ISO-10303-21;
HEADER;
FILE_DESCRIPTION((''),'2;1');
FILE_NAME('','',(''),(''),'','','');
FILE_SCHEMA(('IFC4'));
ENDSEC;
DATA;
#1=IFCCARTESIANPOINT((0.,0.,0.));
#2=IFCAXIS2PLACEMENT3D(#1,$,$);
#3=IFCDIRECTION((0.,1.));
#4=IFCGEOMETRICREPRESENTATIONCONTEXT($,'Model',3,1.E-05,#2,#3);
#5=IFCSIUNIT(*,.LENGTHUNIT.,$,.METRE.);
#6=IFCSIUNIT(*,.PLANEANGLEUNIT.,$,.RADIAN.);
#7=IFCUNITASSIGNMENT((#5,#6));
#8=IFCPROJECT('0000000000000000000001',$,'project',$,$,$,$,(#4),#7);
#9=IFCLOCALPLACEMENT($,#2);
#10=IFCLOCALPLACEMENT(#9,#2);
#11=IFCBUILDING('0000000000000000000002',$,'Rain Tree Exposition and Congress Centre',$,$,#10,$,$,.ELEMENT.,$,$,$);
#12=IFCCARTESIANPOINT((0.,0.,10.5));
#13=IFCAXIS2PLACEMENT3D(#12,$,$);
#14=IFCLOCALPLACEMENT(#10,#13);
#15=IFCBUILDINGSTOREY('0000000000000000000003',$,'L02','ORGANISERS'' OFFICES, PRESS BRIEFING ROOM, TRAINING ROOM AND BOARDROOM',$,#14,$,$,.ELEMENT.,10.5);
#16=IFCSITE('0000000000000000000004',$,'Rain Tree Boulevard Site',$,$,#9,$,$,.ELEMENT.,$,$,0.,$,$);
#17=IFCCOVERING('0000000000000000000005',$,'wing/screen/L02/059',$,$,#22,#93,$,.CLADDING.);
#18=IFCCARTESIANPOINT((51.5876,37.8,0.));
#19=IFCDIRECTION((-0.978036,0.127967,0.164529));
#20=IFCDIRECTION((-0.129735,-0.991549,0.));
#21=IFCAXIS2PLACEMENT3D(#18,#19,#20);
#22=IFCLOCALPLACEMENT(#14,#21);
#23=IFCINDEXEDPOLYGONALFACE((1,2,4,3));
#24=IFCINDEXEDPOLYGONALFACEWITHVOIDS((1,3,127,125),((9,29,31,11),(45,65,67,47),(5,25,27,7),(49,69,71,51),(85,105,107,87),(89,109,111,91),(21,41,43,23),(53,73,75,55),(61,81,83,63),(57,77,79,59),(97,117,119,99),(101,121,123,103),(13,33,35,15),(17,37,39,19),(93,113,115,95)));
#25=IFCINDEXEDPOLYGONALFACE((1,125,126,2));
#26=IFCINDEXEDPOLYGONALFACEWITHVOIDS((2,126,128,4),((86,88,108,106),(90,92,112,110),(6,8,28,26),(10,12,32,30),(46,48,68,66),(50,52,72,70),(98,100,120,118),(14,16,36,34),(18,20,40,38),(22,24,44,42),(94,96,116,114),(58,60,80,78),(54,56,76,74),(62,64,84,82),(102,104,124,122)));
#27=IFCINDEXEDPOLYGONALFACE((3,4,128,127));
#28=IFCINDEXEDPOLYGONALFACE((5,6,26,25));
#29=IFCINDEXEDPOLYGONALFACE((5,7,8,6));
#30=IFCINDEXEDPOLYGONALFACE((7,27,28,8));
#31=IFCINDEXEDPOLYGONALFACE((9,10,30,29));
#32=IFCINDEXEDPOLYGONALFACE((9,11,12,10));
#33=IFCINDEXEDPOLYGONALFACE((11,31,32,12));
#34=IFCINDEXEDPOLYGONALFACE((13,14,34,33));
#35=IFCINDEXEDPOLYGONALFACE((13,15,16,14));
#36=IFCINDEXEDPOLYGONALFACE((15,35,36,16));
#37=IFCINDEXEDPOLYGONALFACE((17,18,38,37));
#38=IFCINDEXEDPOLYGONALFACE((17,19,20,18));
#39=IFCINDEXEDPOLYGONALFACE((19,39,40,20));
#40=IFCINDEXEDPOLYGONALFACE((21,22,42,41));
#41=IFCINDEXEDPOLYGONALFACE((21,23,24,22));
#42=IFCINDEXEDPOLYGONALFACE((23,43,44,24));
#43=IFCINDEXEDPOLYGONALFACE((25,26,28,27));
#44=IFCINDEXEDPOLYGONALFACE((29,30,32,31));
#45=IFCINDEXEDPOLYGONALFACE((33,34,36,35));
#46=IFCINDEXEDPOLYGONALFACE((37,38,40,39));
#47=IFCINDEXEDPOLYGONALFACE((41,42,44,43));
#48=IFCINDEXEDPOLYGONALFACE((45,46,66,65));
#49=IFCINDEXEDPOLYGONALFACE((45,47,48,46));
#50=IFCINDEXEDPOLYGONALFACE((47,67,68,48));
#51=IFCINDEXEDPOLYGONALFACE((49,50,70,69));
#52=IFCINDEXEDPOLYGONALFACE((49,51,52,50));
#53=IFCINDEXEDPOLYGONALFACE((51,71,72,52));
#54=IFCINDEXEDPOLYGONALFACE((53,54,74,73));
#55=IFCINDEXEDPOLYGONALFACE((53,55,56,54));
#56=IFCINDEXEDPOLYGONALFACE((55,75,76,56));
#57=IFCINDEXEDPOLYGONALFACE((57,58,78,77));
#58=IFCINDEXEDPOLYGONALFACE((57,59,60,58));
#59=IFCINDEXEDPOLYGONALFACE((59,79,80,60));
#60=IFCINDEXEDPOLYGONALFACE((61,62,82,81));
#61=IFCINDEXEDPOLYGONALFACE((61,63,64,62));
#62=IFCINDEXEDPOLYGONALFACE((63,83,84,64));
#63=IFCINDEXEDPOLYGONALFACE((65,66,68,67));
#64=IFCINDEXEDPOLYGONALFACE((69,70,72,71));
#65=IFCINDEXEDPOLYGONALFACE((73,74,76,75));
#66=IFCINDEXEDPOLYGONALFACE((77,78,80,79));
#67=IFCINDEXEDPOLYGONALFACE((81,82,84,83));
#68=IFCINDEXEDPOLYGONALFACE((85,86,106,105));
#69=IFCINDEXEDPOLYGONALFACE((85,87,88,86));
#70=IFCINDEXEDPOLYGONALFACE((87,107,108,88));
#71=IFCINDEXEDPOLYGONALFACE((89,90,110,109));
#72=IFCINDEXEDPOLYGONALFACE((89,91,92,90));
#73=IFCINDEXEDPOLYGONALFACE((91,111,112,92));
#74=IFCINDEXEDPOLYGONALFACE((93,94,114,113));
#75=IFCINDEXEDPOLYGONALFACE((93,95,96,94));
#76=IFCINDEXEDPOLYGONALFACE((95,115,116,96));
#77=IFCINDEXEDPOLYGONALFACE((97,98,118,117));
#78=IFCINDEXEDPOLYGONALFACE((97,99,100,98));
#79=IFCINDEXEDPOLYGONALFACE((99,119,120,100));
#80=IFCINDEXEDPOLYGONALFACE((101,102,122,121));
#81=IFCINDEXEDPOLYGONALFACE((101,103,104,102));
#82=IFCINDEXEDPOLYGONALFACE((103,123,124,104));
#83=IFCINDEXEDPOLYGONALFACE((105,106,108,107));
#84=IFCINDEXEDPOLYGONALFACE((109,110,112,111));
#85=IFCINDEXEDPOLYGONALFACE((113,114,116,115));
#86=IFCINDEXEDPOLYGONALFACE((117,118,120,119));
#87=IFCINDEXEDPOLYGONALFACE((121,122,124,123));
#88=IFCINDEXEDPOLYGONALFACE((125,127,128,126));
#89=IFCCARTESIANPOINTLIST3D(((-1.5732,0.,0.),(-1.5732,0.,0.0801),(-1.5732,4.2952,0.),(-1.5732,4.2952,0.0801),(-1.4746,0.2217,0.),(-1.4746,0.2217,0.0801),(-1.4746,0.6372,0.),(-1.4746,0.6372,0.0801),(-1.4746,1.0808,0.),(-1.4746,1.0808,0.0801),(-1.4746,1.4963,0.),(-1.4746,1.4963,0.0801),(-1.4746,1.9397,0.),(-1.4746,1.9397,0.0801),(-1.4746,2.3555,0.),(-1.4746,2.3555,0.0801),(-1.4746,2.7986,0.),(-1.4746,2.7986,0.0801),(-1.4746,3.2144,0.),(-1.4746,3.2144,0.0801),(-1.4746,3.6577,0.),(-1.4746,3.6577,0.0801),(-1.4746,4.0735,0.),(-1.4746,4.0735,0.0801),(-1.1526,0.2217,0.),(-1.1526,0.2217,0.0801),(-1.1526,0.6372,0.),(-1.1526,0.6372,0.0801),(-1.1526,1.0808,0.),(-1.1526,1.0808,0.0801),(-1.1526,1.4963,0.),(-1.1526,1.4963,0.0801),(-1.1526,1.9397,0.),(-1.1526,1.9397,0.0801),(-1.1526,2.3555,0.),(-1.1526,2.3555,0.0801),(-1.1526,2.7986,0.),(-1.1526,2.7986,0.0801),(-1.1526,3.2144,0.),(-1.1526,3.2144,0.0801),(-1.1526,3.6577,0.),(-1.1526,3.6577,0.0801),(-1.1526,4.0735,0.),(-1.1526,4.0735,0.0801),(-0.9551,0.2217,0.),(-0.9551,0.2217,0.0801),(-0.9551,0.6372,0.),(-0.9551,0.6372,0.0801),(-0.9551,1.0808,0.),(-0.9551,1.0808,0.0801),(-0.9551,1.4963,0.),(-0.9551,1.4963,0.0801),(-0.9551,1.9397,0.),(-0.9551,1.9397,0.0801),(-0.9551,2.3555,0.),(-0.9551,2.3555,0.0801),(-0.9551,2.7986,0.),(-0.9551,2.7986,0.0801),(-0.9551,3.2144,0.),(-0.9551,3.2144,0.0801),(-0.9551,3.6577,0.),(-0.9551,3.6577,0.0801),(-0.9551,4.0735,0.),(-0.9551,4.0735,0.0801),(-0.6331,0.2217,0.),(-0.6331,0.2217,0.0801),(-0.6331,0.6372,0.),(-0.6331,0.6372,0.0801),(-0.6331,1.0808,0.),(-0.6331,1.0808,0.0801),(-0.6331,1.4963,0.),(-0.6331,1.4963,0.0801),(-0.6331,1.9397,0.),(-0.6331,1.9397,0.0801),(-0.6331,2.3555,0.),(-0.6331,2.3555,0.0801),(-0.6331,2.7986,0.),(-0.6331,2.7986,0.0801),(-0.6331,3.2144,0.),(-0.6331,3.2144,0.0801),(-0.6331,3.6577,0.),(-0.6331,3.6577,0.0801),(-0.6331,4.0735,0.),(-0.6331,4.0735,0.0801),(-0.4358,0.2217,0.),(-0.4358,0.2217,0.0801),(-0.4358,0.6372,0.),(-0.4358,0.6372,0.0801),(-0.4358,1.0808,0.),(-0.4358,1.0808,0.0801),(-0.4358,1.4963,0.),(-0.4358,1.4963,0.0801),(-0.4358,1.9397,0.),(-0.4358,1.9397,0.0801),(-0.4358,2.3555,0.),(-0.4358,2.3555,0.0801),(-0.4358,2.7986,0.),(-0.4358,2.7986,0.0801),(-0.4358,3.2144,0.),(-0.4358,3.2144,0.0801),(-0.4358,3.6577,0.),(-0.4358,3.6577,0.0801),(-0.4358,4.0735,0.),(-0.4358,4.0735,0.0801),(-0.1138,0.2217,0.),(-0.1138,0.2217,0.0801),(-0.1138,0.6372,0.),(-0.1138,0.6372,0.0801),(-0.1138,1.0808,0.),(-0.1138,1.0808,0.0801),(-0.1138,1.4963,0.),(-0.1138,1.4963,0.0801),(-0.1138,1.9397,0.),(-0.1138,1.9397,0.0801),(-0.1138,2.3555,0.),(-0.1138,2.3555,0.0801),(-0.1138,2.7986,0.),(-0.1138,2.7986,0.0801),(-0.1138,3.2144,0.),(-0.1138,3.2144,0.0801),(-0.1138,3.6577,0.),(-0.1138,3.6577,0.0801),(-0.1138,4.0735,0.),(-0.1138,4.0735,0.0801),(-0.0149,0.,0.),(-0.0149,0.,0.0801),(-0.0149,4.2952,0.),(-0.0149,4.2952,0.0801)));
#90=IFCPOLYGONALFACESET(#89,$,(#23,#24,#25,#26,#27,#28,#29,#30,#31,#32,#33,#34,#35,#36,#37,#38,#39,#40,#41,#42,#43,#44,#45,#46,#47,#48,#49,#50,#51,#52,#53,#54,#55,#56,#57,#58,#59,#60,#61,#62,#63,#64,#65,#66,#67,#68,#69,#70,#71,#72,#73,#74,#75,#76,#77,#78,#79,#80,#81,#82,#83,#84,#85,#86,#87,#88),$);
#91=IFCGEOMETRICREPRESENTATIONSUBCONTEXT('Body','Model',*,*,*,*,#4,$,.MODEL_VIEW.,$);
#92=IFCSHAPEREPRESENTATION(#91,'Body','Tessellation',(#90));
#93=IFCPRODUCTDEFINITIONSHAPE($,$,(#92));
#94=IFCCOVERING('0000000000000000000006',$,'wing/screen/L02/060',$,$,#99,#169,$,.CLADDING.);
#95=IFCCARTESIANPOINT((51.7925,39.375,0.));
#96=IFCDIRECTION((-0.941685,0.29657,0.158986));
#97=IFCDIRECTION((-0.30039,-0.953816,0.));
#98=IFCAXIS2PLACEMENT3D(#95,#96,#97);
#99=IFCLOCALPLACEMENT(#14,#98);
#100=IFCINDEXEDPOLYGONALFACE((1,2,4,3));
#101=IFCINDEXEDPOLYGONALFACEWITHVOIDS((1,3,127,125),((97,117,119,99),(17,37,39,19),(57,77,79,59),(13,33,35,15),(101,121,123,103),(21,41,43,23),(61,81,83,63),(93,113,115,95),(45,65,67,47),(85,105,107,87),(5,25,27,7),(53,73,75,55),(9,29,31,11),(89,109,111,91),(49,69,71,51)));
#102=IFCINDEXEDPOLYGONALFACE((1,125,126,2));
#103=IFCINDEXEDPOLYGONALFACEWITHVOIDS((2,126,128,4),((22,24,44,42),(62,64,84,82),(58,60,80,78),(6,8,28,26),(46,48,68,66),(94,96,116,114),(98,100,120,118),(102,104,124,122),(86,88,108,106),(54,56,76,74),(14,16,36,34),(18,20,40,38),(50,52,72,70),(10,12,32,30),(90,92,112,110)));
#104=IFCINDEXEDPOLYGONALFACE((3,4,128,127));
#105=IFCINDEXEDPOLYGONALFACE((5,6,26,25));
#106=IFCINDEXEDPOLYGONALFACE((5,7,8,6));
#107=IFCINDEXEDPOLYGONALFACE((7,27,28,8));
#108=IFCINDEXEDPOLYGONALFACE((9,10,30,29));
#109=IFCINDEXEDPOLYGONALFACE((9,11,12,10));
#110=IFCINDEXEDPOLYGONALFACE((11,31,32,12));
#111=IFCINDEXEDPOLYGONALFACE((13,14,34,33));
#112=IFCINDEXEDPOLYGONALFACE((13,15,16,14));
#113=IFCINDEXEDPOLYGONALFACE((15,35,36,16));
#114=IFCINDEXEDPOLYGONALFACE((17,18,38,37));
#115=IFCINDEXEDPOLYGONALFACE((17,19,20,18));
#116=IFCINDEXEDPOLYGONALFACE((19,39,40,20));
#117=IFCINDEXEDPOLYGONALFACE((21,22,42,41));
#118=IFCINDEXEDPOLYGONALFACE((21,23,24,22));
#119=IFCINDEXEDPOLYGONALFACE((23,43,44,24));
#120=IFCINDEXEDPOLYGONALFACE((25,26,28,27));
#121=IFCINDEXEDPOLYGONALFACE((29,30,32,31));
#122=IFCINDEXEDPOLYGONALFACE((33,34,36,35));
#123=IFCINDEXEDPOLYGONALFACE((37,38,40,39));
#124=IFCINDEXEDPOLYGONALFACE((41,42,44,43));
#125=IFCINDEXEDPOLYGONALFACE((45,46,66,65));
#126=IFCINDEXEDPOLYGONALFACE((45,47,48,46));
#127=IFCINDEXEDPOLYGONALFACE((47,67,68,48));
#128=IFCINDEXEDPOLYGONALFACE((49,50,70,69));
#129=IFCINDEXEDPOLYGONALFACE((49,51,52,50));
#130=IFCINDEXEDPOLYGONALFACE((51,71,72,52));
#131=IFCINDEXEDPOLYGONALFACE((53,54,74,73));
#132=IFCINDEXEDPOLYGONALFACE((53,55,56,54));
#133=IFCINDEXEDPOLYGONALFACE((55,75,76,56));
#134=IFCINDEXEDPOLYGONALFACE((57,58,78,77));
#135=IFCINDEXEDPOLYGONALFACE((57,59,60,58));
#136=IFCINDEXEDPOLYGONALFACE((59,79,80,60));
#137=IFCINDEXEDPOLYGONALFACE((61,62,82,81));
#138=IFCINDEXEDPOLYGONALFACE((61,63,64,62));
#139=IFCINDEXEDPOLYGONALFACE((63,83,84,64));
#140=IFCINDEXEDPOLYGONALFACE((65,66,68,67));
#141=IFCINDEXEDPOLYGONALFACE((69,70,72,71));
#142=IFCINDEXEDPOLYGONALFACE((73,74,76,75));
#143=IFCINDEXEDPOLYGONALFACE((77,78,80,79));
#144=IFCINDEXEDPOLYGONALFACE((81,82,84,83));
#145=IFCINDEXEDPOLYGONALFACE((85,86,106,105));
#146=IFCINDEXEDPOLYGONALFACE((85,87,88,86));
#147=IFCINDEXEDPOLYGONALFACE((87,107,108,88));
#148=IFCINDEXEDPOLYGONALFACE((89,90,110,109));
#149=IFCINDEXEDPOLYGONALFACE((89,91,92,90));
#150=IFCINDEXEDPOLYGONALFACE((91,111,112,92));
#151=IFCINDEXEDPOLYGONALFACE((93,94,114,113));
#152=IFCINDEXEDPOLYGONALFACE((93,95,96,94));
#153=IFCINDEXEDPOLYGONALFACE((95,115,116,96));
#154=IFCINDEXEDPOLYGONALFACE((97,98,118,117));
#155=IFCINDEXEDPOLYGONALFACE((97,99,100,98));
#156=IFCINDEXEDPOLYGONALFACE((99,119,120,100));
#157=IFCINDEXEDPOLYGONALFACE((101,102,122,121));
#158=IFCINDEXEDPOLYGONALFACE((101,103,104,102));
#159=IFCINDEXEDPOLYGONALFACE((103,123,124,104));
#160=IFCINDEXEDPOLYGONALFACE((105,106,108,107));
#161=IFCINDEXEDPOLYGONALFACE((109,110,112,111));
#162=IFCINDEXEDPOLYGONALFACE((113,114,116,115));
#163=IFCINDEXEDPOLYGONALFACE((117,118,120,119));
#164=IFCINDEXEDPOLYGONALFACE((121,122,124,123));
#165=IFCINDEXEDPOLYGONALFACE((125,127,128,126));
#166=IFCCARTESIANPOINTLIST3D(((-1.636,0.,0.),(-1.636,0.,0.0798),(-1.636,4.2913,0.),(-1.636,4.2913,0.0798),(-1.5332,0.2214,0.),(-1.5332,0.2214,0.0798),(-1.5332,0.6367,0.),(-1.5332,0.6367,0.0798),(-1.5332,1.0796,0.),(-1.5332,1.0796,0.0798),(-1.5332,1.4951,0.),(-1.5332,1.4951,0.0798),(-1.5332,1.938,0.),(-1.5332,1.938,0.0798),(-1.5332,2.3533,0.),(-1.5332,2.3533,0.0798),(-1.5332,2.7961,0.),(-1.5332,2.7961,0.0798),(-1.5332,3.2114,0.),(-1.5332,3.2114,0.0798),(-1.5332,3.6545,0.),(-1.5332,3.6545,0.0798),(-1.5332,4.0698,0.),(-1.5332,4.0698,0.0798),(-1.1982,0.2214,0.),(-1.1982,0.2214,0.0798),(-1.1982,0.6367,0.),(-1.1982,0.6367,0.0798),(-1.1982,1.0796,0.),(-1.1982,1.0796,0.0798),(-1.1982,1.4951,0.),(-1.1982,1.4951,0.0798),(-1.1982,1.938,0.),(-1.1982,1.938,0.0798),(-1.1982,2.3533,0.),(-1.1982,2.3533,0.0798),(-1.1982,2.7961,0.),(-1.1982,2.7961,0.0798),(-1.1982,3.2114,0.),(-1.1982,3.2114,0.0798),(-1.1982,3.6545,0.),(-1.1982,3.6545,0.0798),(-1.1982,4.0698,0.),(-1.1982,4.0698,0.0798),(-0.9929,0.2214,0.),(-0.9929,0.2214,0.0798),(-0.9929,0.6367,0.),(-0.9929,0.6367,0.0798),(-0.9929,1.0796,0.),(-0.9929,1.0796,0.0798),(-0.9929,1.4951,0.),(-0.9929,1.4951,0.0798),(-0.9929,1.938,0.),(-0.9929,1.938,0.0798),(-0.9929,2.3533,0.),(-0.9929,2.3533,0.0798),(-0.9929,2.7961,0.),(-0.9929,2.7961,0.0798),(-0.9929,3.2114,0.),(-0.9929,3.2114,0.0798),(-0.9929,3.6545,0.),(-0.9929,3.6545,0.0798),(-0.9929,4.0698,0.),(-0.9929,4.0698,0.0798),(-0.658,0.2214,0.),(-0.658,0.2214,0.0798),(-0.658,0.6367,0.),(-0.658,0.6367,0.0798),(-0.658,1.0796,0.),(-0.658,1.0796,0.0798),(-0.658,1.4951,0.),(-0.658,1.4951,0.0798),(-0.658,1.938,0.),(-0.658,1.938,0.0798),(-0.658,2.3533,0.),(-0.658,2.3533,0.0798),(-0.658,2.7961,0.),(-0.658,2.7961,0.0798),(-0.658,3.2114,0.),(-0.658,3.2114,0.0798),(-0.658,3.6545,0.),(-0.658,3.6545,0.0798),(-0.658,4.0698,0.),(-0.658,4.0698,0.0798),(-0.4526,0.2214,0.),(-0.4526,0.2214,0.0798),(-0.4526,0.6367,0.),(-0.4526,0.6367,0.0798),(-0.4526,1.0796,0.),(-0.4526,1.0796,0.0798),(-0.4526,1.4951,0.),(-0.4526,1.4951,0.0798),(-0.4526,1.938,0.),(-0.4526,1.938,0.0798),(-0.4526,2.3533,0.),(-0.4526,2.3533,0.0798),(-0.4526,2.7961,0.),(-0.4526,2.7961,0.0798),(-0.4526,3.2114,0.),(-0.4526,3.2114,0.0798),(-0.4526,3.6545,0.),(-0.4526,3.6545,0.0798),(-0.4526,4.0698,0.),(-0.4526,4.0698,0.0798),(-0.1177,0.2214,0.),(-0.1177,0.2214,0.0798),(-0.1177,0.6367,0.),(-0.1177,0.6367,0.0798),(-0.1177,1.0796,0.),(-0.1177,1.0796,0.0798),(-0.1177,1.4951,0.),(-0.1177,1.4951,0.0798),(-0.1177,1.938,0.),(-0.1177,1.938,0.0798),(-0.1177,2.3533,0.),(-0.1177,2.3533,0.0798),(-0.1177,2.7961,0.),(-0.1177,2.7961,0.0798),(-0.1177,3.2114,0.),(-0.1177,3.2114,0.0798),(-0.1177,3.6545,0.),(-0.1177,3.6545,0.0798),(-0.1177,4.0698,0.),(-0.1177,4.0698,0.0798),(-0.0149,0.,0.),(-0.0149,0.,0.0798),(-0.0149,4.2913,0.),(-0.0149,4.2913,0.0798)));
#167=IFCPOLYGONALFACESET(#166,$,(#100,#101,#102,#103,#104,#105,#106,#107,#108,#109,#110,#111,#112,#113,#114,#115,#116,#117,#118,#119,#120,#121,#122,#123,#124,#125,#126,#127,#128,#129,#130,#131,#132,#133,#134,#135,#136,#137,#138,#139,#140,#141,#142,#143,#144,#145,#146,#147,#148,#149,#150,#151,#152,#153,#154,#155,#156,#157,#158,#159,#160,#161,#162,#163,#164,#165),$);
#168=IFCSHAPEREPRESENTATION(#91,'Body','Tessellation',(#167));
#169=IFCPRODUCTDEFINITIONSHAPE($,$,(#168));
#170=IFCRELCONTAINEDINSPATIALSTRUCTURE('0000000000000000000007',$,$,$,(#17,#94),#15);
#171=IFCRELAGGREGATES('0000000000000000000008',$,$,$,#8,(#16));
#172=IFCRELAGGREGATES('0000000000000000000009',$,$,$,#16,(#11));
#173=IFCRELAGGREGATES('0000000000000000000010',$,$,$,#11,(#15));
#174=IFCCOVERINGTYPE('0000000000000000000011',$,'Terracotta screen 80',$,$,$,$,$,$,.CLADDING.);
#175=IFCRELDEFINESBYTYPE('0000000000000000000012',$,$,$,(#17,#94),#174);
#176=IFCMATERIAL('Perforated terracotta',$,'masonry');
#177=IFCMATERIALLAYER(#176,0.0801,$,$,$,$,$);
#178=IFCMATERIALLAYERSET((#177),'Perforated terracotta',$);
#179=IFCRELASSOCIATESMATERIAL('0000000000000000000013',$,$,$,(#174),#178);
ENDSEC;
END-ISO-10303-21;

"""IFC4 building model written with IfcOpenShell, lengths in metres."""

from ifc_helpers import new_model, si_unit, direction, frame, origin, place, context, subcontext, project, spatial, polyline, outline, extrude, material, layer, layer_set, type_object, element, save


model = new_model("IFC4")

# Units and contexts
model_context = context("Model", 3, precision=1e-05, world=origin(), true_north=direction((0.0, 1.0)))
body_context = subcontext(model_context, "Body", "Model", "MODEL_VIEW")
ifc_project = project(units=[si_unit("LENGTHUNIT", "METRE"), si_unit("PLANEANGLEUNIT", "RADIAN")], contexts=[model_context])

# Site, building, storey
site_placement = place(None, origin())
site = spatial("IfcSite", under=ifc_project, at=site_placement, Name="Rain Tree Boulevard Site", CompositionType="ELEMENT", RefElevation=0.0)
building_placement = place(site_placement, origin())
building = spatial("IfcBuilding", under=site, at=building_placement, Name="Rain Tree Exposition and Congress Centre", CompositionType="ELEMENT")
storey_placement = place(building_placement, frame((0.0, 0.0, 10.5)))
storey = spatial("IfcBuildingStorey", under=building, at=storey_placement, Name="L02", Description="ORGANISERS' OFFICES, PRESS BRIEFING ROOM, TRAINING ROOM AND BOARDROOM", CompositionType="ELEMENT", Elevation=10.5)

# Coverings
ifc_material_1 = material(Name="Perforated terracotta", Category="masonry")
ifc_layer_1 = layer(ifc_material_1, 0.0801)
ifc_layer_set_1 = layer_set([ifc_layer_1], Name="Perforated terracotta")
covering_type = type_object("IfcCoveringType", Name="Terracotta screen 80", PredefinedType="CLADDING", material=ifc_layer_set_1)
covering_1_placement = place(storey_placement, frame((51.5876, 37.8, 0.0), z_axis=(-0.978036, 0.127967, 0.164529), x_axis=(-0.129735, -0.991549, 0.0)))
element("IfcCovering", 1, at=covering_1_placement, inside=storey, type_object=covering_type, Name="wing/screen/L02/059", PredefinedType="CLADDING", context=body_context, shape_type="SweptSolid", body=[
    extrude(outline(polyline([(-1.5732, 0.0), (-1.5732, 4.2952), (-0.0149, 4.2952), (-0.0149, 0.0), (-1.5732, 0.0)]), holes=[polyline([(-0.1138, 0.2217), (-0.1138, 0.6372), (-0.4358, 0.6372), (-0.4358, 0.2217), (-0.1138, 0.2217)]), polyline([(-0.1138, 1.0808), (-0.1138, 1.4963), (-0.4358, 1.4963), (-0.4358, 1.0808), (-0.1138, 1.0808)]), polyline([(-0.1138, 1.9397), (-0.1138, 2.3555), (-0.4358, 2.3555), (-0.4358, 1.9397), (-0.1138, 1.9397)]), polyline([(-0.1138, 2.7986), (-0.1138, 3.2144), (-0.4358, 3.2144), (-0.4358, 2.7986), (-0.1138, 2.7986)]), polyline([(-0.1138, 3.6577), (-0.1138, 4.0735), (-0.4358, 4.0735), (-0.4358, 3.6577), (-0.1138, 3.6577)]), polyline([(-0.6331, 0.2217), (-0.6331, 0.6372), (-0.9551, 0.6372), (-0.9551, 0.2217), (-0.6331, 0.2217)]), polyline([(-0.6331, 1.0808), (-0.6331, 1.4963), (-0.9551, 1.4963), (-0.9551, 1.0808), (-0.6331, 1.0808)]), polyline([(-0.6331, 1.9397), (-0.6331, 2.3555), (-0.9551, 2.3555), (-0.9551, 1.9397), (-0.6331, 1.9397)]), polyline([(-0.6331, 2.7986), (-0.6331, 3.2144), (-0.9551, 3.2144), (-0.9551, 2.7986), (-0.6331, 2.7986)]), polyline([(-0.6331, 3.6577), (-0.6331, 4.0735), (-0.9551, 4.0735), (-0.9551, 3.6577), (-0.6331, 3.6577)]), polyline([(-1.1526, 0.2217), (-1.1526, 0.6372), (-1.4746, 0.6372), (-1.4746, 0.2217), (-1.1526, 0.2217)]), polyline([(-1.1526, 1.0808), (-1.1526, 1.4963), (-1.4746, 1.4963), (-1.4746, 1.0808), (-1.1526, 1.0808)]), polyline([(-1.1526, 1.9397), (-1.1526, 2.3555), (-1.4746, 2.3555), (-1.4746, 1.9397), (-1.1526, 1.9397)]), polyline([(-1.1526, 2.7986), (-1.1526, 3.2144), (-1.4746, 3.2144), (-1.4746, 2.7986), (-1.1526, 2.7986)]), polyline([(-1.1526, 3.6577), (-1.1526, 4.0735), (-1.4746, 4.0735), (-1.4746, 3.6577), (-1.1526, 3.6577)])]), origin(), (0.0, 0.0, 1.0), 0.0801),
])
covering_2_placement = place(storey_placement, frame((51.7925, 39.375, 0.0), z_axis=(-0.941685, 0.29657, 0.158986), x_axis=(-0.30039, -0.953816, 0.0)))
element("IfcCovering", 2, at=covering_2_placement, inside=storey, type_object=covering_type, Name="wing/screen/L02/060", PredefinedType="CLADDING", context=body_context, shape_type="SweptSolid", body=[
    extrude(outline(polyline([(-1.636, 0.0), (-1.636, 4.2913), (-0.0149, 4.2913), (-0.0149, 0.0), (-1.636, 0.0)]), holes=[polyline([(-0.1177, 0.2214), (-0.1177, 0.6367), (-0.4526, 0.6367), (-0.4526, 0.2214), (-0.1177, 0.2214)]), polyline([(-0.1177, 1.0796), (-0.1177, 1.4951), (-0.4526, 1.4951), (-0.4526, 1.0796), (-0.1177, 1.0796)]), polyline([(-0.1177, 1.938), (-0.1177, 2.3533), (-0.4526, 2.3533), (-0.4526, 1.938), (-0.1177, 1.938)]), polyline([(-0.1177, 2.7961), (-0.1177, 3.2114), (-0.4526, 3.2114), (-0.4526, 2.7961), (-0.1177, 2.7961)]), polyline([(-0.1177, 3.6545), (-0.1177, 4.0698), (-0.4526, 4.0698), (-0.4526, 3.6545), (-0.1177, 3.6545)]), polyline([(-0.658, 0.2214), (-0.658, 0.6367), (-0.9929, 0.6367), (-0.9929, 0.2214), (-0.658, 0.2214)]), polyline([(-0.658, 1.0796), (-0.658, 1.4951), (-0.9929, 1.4951), (-0.9929, 1.0796), (-0.658, 1.0796)]), polyline([(-0.658, 1.938), (-0.658, 2.3533), (-0.9929, 2.3533), (-0.9929, 1.938), (-0.658, 1.938)]), polyline([(-0.658, 2.7961), (-0.658, 3.2114), (-0.9929, 3.2114), (-0.9929, 2.7961), (-0.658, 2.7961)]), polyline([(-0.658, 3.6545), (-0.658, 4.0698), (-0.9929, 4.0698), (-0.9929, 3.6545), (-0.658, 3.6545)]), polyline([(-1.1982, 0.2214), (-1.1982, 0.6367), (-1.5332, 0.6367), (-1.5332, 0.2214), (-1.1982, 0.2214)]), polyline([(-1.1982, 1.0796), (-1.1982, 1.4951), (-1.5332, 1.4951), (-1.5332, 1.0796), (-1.1982, 1.0796)]), polyline([(-1.1982, 1.938), (-1.1982, 2.3533), (-1.5332, 2.3533), (-1.5332, 1.938), (-1.1982, 1.938)]), polyline([(-1.1982, 2.7961), (-1.1982, 3.2114), (-1.5332, 3.2114), (-1.5332, 2.7961), (-1.1982, 2.7961)]), polyline([(-1.1982, 3.6545), (-1.1982, 4.0698), (-1.5332, 4.0698), (-1.5332, 3.6545), (-1.1982, 3.6545)])]), origin(), (0.0, 0.0, 1.0), 0.0798),
])

save(model, "model.ifc")
